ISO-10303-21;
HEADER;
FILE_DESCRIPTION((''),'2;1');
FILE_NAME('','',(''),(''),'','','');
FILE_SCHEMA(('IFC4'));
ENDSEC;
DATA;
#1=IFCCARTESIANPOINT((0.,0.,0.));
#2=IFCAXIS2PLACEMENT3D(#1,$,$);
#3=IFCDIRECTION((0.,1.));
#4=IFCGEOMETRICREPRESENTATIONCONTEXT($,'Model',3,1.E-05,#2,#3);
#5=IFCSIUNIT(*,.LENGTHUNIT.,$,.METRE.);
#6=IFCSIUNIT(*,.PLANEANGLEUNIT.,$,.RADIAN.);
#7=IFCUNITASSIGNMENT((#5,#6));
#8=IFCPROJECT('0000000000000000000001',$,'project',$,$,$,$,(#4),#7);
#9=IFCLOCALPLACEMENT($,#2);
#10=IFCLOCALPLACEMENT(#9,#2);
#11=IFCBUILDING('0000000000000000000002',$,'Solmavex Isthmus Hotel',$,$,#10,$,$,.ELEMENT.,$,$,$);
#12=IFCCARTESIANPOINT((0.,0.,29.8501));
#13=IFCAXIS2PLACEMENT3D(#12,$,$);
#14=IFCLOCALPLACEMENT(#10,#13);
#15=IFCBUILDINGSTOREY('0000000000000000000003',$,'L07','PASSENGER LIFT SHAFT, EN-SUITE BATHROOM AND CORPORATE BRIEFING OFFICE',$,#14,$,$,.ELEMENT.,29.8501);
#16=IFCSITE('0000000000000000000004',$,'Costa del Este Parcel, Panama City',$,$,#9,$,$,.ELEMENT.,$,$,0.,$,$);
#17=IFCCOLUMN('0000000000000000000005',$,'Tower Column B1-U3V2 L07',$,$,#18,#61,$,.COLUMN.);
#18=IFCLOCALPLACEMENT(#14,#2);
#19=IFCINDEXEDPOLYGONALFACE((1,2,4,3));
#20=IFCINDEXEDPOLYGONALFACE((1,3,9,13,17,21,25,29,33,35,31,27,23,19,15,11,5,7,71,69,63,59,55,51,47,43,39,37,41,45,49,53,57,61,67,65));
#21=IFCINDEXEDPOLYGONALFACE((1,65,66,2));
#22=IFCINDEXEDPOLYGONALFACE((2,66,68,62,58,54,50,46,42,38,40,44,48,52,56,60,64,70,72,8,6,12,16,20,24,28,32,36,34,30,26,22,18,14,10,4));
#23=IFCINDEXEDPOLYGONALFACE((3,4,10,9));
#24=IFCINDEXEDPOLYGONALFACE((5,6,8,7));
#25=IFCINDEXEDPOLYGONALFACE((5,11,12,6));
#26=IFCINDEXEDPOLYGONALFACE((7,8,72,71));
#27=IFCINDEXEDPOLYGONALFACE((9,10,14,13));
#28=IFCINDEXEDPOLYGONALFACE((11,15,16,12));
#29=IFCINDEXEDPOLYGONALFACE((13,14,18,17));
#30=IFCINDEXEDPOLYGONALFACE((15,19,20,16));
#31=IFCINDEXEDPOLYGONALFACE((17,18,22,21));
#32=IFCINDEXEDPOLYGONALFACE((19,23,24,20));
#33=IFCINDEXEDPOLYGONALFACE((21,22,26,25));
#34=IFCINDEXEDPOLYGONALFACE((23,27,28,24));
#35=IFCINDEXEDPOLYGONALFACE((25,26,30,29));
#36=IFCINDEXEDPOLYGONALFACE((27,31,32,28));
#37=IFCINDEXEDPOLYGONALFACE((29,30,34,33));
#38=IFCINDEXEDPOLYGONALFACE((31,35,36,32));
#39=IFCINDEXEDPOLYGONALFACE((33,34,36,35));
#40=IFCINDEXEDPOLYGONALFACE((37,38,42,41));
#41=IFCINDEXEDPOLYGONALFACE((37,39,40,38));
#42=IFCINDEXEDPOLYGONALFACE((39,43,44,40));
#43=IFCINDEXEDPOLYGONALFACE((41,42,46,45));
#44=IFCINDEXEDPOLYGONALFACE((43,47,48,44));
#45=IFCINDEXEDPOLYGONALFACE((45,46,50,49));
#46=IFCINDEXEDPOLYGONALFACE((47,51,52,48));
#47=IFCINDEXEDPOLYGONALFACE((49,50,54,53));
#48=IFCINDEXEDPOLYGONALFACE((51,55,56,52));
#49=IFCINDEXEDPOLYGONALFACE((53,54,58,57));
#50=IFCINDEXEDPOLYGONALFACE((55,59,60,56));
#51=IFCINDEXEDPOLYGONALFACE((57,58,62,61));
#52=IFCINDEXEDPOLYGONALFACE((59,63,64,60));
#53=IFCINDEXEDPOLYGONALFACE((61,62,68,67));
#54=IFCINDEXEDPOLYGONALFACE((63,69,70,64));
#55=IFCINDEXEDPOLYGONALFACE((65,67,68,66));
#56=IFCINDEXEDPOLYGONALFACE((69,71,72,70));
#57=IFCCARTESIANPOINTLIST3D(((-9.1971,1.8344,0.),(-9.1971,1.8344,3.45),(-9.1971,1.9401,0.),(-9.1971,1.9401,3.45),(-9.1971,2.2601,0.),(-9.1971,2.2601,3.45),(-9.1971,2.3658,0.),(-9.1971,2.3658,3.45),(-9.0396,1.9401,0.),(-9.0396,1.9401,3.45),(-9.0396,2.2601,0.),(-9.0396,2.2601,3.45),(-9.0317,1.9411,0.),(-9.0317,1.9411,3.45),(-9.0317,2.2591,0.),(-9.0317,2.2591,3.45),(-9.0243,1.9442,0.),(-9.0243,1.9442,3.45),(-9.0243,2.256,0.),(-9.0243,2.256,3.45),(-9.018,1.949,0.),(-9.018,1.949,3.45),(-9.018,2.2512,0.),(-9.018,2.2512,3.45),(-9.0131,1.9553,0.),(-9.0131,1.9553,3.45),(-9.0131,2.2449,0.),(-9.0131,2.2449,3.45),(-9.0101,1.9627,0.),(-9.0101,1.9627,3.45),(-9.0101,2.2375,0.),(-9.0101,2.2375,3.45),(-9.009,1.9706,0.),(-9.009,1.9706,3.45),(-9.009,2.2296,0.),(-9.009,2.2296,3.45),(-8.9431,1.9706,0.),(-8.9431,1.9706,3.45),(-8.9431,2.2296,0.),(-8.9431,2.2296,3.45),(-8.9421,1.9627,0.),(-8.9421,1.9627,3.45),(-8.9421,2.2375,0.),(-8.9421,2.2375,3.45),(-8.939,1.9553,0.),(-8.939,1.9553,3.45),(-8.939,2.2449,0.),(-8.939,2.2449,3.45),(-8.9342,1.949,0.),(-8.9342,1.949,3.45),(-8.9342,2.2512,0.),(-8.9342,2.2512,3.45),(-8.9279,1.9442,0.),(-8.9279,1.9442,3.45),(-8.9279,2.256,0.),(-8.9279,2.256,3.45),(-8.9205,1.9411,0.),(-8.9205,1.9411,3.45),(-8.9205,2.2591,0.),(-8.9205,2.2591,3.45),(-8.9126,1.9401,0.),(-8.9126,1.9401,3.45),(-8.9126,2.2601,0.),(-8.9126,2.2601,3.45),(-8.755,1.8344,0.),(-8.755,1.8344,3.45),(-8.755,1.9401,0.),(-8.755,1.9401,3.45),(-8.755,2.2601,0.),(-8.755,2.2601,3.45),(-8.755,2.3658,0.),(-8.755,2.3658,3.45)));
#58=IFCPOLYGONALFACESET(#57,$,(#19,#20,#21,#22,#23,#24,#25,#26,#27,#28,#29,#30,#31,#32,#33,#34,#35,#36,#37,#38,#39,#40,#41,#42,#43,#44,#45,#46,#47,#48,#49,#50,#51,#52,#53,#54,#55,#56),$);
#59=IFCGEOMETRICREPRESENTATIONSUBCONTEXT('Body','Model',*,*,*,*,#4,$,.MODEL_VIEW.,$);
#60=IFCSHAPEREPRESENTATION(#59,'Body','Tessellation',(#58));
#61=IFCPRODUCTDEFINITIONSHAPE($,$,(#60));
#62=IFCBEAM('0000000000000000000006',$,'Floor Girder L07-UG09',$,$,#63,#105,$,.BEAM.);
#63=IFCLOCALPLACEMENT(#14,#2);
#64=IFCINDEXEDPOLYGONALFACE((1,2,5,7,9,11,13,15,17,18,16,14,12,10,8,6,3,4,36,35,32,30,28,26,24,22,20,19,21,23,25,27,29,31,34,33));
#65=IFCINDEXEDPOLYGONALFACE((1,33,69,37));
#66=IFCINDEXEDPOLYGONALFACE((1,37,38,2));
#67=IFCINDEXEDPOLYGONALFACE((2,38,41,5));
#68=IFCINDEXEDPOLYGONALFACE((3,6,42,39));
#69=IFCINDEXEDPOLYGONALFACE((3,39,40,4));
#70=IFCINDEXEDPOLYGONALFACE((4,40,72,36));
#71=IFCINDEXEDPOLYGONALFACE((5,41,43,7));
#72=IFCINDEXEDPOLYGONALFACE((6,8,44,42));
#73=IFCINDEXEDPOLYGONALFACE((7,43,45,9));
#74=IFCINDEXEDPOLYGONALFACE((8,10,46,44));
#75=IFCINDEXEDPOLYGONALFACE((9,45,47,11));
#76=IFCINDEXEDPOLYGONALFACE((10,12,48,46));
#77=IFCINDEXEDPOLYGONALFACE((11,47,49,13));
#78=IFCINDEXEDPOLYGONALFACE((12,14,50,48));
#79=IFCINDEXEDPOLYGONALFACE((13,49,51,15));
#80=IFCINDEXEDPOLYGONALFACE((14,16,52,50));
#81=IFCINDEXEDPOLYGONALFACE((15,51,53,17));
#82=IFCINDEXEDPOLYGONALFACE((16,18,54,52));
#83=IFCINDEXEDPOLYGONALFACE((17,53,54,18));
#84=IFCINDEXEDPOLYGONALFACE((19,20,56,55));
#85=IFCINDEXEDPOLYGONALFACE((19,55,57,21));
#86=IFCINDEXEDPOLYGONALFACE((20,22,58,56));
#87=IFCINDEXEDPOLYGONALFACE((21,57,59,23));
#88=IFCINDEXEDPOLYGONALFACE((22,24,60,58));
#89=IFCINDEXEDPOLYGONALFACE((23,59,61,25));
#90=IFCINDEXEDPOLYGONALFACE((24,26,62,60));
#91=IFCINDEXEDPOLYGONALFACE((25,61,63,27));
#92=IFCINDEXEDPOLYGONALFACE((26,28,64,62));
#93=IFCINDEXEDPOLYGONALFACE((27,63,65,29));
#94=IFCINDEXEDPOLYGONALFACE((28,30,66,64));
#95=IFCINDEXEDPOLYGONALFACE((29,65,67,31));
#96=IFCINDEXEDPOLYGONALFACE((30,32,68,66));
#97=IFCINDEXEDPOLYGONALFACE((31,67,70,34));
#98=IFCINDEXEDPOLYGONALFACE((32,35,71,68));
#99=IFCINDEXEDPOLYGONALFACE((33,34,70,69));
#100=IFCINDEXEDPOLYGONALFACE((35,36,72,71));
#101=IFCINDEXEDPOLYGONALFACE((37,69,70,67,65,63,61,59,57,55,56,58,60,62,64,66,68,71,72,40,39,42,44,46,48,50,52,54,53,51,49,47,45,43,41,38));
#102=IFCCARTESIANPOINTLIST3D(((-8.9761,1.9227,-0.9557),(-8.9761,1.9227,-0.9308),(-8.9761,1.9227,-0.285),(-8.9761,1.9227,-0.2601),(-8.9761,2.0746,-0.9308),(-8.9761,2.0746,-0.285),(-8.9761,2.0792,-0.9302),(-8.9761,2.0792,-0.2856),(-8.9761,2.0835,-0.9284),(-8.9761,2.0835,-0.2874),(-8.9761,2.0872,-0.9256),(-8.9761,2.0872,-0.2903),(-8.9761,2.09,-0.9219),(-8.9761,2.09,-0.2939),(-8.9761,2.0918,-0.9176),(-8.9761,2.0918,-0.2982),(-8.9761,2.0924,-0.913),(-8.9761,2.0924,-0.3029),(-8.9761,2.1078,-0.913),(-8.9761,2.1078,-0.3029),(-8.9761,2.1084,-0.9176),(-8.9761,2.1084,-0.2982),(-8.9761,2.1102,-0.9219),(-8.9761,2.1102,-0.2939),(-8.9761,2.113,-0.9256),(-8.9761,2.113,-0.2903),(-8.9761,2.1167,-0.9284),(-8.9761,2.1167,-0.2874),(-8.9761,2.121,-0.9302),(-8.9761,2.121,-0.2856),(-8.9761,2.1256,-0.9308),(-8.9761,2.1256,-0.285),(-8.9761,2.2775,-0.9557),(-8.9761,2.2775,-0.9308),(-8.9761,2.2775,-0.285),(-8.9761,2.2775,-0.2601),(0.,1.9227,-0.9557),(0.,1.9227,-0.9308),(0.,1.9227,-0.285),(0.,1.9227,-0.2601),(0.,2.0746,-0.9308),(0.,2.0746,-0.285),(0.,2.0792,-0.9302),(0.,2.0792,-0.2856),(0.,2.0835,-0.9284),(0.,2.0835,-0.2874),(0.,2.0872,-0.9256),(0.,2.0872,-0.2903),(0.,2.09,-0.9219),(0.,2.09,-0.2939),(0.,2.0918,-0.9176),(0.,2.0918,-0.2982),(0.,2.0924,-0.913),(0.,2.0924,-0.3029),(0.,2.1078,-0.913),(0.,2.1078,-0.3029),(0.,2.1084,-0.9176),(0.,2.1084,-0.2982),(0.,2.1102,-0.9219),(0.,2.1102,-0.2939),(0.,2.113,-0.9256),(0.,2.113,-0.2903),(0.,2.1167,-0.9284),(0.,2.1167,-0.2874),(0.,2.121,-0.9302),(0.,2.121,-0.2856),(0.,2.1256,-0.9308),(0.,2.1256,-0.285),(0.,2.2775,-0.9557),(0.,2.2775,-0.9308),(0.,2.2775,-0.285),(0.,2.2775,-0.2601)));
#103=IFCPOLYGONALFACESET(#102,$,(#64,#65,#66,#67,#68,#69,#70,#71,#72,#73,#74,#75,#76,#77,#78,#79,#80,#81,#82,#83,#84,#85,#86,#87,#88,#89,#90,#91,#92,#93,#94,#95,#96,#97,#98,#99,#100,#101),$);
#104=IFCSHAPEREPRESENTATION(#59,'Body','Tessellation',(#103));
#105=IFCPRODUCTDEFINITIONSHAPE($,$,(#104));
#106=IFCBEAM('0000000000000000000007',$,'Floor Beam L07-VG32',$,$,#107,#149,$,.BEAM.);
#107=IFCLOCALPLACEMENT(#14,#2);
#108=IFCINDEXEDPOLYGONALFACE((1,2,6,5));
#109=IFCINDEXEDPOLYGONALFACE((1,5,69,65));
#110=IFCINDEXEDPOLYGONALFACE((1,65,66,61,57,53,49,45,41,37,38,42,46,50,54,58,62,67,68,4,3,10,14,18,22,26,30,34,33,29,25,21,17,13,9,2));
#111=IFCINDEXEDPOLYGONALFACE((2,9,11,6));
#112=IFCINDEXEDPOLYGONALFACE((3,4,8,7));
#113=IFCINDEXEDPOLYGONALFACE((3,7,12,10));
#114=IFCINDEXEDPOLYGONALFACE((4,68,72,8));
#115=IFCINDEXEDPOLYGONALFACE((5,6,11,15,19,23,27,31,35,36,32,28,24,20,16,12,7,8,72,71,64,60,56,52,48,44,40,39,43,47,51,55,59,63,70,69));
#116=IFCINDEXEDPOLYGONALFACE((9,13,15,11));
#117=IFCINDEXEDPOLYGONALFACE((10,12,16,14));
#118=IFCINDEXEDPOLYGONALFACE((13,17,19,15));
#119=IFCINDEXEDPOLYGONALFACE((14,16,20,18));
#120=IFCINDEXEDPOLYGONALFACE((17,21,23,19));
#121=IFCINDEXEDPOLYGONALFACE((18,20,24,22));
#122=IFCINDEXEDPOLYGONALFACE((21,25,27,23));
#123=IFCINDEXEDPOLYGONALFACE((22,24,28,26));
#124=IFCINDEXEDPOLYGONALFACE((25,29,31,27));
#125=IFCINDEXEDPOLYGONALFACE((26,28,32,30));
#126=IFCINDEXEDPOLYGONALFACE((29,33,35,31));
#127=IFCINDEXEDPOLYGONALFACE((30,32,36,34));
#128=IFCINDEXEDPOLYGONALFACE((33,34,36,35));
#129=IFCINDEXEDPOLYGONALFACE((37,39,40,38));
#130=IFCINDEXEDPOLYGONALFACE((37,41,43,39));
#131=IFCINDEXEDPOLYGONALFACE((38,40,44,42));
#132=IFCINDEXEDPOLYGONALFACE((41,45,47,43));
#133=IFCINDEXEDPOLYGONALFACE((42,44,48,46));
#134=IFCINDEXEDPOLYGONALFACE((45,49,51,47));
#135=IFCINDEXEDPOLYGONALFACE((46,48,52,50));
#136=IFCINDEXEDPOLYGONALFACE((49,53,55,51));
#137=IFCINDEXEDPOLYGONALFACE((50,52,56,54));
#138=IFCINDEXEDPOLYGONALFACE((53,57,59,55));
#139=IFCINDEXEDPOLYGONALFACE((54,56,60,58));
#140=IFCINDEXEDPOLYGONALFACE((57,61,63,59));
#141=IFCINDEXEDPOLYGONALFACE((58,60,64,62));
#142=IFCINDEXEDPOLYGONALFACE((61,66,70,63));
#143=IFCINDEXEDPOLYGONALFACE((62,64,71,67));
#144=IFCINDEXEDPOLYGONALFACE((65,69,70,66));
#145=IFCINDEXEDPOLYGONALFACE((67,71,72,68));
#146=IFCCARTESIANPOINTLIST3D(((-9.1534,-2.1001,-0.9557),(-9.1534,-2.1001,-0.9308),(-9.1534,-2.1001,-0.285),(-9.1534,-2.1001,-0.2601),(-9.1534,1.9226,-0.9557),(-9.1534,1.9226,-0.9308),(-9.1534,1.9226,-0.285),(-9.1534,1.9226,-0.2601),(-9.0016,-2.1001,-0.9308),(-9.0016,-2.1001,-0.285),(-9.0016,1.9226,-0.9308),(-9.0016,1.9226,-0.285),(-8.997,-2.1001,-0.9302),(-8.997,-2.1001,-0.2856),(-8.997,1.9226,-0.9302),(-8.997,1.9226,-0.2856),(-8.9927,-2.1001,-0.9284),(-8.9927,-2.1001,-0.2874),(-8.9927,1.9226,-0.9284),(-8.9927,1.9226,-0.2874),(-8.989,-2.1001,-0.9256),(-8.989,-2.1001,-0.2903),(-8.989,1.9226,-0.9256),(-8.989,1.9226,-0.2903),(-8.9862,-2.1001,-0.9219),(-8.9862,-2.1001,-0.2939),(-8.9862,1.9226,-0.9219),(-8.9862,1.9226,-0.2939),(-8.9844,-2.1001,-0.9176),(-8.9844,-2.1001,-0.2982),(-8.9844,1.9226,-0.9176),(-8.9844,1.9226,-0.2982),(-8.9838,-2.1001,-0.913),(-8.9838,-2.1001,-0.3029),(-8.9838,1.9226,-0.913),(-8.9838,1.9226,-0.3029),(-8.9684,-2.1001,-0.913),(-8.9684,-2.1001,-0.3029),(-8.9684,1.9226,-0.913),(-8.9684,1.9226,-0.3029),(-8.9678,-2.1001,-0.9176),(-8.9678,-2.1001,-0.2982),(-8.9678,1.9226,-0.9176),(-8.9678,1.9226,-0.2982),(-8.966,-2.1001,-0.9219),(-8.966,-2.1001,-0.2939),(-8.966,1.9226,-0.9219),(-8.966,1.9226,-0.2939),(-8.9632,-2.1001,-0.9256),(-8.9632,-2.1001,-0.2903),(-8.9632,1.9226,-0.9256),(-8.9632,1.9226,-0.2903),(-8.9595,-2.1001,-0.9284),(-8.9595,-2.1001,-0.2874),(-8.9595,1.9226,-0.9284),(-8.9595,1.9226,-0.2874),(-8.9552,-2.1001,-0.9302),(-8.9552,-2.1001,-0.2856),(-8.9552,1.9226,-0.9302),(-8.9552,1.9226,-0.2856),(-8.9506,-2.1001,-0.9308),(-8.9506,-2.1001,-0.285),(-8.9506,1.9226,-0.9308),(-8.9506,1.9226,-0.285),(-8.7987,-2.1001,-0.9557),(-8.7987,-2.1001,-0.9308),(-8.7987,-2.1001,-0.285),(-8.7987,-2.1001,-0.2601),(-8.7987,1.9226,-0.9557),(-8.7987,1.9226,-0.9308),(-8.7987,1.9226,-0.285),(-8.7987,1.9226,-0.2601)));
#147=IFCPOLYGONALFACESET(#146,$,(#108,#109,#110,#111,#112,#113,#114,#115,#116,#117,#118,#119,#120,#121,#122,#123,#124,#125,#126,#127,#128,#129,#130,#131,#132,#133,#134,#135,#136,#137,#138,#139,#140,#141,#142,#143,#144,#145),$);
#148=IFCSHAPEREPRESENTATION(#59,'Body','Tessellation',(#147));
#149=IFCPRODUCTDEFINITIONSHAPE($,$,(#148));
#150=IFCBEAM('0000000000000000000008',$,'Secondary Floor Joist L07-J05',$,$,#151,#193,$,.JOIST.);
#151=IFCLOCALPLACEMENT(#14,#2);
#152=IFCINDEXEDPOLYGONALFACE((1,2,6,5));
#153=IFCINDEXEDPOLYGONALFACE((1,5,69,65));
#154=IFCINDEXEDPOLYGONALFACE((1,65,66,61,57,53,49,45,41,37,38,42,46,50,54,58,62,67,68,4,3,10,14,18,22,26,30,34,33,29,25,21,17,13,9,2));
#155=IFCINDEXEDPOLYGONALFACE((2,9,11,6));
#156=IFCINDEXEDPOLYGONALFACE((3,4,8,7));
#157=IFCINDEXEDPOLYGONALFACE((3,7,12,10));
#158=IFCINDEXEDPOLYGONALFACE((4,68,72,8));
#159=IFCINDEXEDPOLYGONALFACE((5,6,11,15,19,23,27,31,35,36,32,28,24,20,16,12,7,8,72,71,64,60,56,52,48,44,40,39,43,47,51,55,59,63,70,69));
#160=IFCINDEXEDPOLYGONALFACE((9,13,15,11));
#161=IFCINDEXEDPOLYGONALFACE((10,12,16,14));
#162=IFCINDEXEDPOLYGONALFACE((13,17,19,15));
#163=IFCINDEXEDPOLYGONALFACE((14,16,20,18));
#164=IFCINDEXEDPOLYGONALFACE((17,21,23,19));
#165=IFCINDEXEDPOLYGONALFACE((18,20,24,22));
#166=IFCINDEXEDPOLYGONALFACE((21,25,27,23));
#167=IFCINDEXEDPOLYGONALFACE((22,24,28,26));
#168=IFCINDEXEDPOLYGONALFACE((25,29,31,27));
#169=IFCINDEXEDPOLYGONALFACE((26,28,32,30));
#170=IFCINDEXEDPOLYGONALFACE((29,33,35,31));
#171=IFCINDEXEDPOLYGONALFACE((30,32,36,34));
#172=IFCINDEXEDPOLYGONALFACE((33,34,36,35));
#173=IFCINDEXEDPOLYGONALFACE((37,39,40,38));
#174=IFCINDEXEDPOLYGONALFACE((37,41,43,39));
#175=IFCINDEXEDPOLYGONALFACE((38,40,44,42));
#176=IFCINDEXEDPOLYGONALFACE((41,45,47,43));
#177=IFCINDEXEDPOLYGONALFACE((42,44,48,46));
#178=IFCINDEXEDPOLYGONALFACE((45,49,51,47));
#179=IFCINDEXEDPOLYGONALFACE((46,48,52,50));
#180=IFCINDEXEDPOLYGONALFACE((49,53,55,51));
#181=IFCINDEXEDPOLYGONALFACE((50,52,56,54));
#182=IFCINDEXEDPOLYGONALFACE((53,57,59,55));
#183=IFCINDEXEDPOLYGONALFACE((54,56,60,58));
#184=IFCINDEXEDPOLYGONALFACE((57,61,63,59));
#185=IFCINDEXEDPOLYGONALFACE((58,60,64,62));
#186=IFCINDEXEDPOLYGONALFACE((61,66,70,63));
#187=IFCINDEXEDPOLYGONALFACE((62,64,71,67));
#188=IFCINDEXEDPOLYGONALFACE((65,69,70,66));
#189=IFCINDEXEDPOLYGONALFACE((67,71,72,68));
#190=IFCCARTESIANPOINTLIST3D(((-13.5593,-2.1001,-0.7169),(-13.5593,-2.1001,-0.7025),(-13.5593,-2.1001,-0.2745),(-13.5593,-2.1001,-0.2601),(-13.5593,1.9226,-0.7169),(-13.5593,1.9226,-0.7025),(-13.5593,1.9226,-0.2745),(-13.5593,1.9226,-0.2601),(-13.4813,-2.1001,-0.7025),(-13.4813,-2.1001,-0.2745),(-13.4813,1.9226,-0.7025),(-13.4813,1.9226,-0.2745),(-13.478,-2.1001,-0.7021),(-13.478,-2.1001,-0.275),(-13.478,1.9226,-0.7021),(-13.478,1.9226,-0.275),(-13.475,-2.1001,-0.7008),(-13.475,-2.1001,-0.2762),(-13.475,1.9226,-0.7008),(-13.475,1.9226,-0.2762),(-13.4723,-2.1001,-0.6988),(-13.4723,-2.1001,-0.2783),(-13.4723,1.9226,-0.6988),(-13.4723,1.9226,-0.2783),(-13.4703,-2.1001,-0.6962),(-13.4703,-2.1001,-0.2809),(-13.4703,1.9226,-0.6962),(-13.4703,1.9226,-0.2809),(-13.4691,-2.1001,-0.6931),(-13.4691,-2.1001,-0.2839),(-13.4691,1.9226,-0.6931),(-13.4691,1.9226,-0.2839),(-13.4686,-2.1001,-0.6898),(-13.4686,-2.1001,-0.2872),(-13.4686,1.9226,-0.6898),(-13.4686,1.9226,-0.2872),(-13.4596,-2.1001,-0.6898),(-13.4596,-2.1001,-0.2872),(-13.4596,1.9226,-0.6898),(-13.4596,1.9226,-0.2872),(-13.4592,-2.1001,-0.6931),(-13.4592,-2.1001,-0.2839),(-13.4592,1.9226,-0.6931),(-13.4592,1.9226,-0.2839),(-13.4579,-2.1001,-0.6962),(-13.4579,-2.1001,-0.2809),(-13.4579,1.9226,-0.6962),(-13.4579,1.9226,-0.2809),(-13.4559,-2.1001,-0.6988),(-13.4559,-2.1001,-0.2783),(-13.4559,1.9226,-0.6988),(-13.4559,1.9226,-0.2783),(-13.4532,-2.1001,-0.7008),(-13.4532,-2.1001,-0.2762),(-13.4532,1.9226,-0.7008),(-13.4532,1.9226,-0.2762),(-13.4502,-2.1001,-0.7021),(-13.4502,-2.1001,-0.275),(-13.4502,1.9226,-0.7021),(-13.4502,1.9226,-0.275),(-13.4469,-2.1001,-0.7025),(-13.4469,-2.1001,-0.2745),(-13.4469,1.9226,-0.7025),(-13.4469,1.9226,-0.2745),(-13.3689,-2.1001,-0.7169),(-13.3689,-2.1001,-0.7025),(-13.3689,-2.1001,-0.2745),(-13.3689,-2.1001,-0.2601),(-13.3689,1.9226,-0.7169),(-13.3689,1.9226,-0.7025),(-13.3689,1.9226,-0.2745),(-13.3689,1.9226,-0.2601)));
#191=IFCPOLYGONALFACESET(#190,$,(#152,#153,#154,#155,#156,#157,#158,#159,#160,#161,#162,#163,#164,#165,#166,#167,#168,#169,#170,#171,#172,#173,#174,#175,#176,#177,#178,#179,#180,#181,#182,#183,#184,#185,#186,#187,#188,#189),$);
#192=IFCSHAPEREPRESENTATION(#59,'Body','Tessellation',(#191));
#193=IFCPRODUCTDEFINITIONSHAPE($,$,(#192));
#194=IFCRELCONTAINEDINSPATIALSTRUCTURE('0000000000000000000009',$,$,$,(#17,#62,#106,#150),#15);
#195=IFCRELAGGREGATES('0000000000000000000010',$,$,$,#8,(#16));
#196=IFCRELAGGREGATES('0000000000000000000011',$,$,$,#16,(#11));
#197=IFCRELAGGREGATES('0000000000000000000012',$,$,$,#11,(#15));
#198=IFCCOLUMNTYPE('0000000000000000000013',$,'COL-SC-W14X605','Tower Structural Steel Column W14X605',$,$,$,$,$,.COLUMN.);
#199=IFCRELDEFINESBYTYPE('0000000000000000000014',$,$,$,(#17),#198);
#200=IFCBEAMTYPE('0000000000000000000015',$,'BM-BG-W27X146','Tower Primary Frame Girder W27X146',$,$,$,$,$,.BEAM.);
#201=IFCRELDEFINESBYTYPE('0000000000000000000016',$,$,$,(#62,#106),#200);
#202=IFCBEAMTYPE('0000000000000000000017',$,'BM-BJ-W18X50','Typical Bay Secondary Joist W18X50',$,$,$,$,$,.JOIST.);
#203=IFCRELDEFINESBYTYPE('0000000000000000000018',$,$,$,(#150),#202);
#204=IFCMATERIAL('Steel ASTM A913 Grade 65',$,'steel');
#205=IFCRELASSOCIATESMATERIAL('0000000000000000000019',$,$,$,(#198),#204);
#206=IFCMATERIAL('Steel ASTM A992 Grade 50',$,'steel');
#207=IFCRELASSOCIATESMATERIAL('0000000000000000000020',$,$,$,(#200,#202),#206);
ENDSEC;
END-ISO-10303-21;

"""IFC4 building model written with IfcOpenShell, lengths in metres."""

from ifc_helpers import new_model, si_unit, direction, frame, origin, origin_2d, place, context, subcontext, project, spatial, i_section, extrude, material, material_profile, profile_set, type_object, element, save


model = new_model("IFC4")

# Units and contexts
model_context = context("Model", 3, precision=1e-05, world=origin(), true_north=direction((0.0, 1.0)))
body_context = subcontext(model_context, "Body", "Model", "MODEL_VIEW")
ifc_project = project(units=[si_unit("LENGTHUNIT", "METRE"), si_unit("PLANEANGLEUNIT", "RADIAN")], contexts=[model_context])

# Site, building, storey
site_placement = place(None, origin())
site = spatial("IfcSite", under=ifc_project, at=site_placement, Name="Costa del Este Parcel, Panama City", CompositionType="ELEMENT", RefElevation=0.0)
building_placement = place(site_placement, origin())
building = spatial("IfcBuilding", under=site, at=building_placement, Name="Solmavex Isthmus Hotel", CompositionType="ELEMENT")
storey_placement = place(building_placement, frame((0.0, 0.0, 29.8501)))
storey = spatial("IfcBuildingStorey", under=building, at=storey_placement, Name="L07", Description="PASSENGER LIFT SHAFT, EN-SUITE BATHROOM AND CORPORATE BRIEFING OFFICE", CompositionType="ELEMENT", Elevation=29.8501)

# Column
ifc_material_1 = material(Name="Steel ASTM A913 Grade 65", Category="steel")
ifc_material_profile_1 = material_profile(ifc_material_1, i_section(OverallWidth=0.4421, OverallDepth=0.5315, WebThickness=0.0659, FlangeThickness=0.1057, FilletRadius=0.0305, at=origin_2d()), Name="W14X605")
ifc_profile_set_1 = profile_set([ifc_material_profile_1], Name="Steel ASTM A913 Grade 65")
column_type = type_object("IfcColumnType", Name="COL-SC-W14X605", Description="Tower Structural Steel Column W14X605", PredefinedType="COLUMN", material=ifc_profile_set_1)
column_placement = place(storey_placement, frame((-8.9761, 2.1001, 0.0), z_axis=(0.0, 0.0, 1.0), x_axis=(1.0, 0.0, 0.0)))
element("IfcColumn", 1, at=column_placement, inside=storey, type_object=column_type, Name="Tower Column B1-U3V2 L07", PredefinedType="COLUMN", context=body_context, shape_type="SweptSolid", body=[
    extrude(i_section(OverallWidth=0.4421, OverallDepth=0.5315, WebThickness=0.0659, FlangeThickness=0.1057, FilletRadius=0.0305, at=origin_2d()), origin(), (0.0, 0.0, 1.0), 3.45),
])

# Beams
ifc_material_2 = material(Name="Steel ASTM A992 Grade 50", Category="steel")
ifc_material_profile_2 = material_profile(ifc_material_2, i_section(OverallWidth=0.3547, OverallDepth=0.6956, WebThickness=0.0154, FlangeThickness=0.0249, FilletRadius=0.0178, at=origin_2d()), Name="W27X146")
ifc_profile_set_2 = profile_set([ifc_material_profile_2], Name="Steel ASTM A992 Grade 50")
beam_type_1 = type_object("IfcBeamType", Name="BM-BG-W27X146", Description="Tower Primary Frame Girder W27X146", PredefinedType="BEAM", material=ifc_profile_set_2)
beam_1_placement = place(storey_placement, frame((-8.9761, 2.1001, -0.6079), z_axis=(1.0, 0.0, 0.0), x_axis=(0.0, 1.0, 0.0)))
element("IfcBeam", 2, at=beam_1_placement, inside=storey, type_object=beam_type_1, Name="Floor Girder L07-UG09", PredefinedType="BEAM", context=body_context, shape_type="SweptSolid", body=[
    extrude(i_section(OverallWidth=0.3547, OverallDepth=0.6956, WebThickness=0.0154, FlangeThickness=0.0249, FilletRadius=0.0178, at=origin_2d()), origin(), (0.0, 0.0, 1.0), 8.9761),
])
beam_2_placement = place(storey_placement, frame((-8.9761, -2.1001, -0.6079), z_axis=(0.0, 1.0, 0.0), x_axis=(-1.0, 0.0, 0.0)))
element("IfcBeam", 3, at=beam_2_placement, inside=storey, type_object=beam_type_1, Name="Floor Beam L07-VG32", PredefinedType="BEAM", context=body_context, shape_type="SweptSolid", body=[
    extrude(i_section(OverallWidth=0.3547, OverallDepth=0.6956, WebThickness=0.0154, FlangeThickness=0.0249, FilletRadius=0.0178, at=origin_2d()), origin(), (0.0, 0.0, 1.0), 4.0227),
])
ifc_material_profile_3 = material_profile(ifc_material_2, i_section(OverallWidth=0.1904, OverallDepth=0.4568, WebThickness=0.009, FlangeThickness=0.0144, FilletRadius=0.0127, at=origin_2d()), Name="W18X50")
ifc_profile_set_3 = profile_set([ifc_material_profile_3], Name="Steel ASTM A992 Grade 50")
beam_type_2 = type_object("IfcBeamType", Name="BM-BJ-W18X50", Description="Typical Bay Secondary Joist W18X50", PredefinedType="JOIST", material=ifc_profile_set_3)
beam_3_placement = place(storey_placement, frame((-13.4641, -2.1001, -0.4885), z_axis=(0.0, 1.0, 0.0), x_axis=(-1.0, 0.0, 0.0)))
element("IfcBeam", 4, at=beam_3_placement, inside=storey, type_object=beam_type_2, Name="Secondary Floor Joist L07-J05", PredefinedType="JOIST", context=body_context, shape_type="SweptSolid", body=[
    extrude(i_section(OverallWidth=0.1904, OverallDepth=0.4568, WebThickness=0.009, FlangeThickness=0.0144, FilletRadius=0.0127, at=origin_2d()), origin(), (0.0, 0.0, 1.0), 4.0227),
])

save(model, "model.ifc")
